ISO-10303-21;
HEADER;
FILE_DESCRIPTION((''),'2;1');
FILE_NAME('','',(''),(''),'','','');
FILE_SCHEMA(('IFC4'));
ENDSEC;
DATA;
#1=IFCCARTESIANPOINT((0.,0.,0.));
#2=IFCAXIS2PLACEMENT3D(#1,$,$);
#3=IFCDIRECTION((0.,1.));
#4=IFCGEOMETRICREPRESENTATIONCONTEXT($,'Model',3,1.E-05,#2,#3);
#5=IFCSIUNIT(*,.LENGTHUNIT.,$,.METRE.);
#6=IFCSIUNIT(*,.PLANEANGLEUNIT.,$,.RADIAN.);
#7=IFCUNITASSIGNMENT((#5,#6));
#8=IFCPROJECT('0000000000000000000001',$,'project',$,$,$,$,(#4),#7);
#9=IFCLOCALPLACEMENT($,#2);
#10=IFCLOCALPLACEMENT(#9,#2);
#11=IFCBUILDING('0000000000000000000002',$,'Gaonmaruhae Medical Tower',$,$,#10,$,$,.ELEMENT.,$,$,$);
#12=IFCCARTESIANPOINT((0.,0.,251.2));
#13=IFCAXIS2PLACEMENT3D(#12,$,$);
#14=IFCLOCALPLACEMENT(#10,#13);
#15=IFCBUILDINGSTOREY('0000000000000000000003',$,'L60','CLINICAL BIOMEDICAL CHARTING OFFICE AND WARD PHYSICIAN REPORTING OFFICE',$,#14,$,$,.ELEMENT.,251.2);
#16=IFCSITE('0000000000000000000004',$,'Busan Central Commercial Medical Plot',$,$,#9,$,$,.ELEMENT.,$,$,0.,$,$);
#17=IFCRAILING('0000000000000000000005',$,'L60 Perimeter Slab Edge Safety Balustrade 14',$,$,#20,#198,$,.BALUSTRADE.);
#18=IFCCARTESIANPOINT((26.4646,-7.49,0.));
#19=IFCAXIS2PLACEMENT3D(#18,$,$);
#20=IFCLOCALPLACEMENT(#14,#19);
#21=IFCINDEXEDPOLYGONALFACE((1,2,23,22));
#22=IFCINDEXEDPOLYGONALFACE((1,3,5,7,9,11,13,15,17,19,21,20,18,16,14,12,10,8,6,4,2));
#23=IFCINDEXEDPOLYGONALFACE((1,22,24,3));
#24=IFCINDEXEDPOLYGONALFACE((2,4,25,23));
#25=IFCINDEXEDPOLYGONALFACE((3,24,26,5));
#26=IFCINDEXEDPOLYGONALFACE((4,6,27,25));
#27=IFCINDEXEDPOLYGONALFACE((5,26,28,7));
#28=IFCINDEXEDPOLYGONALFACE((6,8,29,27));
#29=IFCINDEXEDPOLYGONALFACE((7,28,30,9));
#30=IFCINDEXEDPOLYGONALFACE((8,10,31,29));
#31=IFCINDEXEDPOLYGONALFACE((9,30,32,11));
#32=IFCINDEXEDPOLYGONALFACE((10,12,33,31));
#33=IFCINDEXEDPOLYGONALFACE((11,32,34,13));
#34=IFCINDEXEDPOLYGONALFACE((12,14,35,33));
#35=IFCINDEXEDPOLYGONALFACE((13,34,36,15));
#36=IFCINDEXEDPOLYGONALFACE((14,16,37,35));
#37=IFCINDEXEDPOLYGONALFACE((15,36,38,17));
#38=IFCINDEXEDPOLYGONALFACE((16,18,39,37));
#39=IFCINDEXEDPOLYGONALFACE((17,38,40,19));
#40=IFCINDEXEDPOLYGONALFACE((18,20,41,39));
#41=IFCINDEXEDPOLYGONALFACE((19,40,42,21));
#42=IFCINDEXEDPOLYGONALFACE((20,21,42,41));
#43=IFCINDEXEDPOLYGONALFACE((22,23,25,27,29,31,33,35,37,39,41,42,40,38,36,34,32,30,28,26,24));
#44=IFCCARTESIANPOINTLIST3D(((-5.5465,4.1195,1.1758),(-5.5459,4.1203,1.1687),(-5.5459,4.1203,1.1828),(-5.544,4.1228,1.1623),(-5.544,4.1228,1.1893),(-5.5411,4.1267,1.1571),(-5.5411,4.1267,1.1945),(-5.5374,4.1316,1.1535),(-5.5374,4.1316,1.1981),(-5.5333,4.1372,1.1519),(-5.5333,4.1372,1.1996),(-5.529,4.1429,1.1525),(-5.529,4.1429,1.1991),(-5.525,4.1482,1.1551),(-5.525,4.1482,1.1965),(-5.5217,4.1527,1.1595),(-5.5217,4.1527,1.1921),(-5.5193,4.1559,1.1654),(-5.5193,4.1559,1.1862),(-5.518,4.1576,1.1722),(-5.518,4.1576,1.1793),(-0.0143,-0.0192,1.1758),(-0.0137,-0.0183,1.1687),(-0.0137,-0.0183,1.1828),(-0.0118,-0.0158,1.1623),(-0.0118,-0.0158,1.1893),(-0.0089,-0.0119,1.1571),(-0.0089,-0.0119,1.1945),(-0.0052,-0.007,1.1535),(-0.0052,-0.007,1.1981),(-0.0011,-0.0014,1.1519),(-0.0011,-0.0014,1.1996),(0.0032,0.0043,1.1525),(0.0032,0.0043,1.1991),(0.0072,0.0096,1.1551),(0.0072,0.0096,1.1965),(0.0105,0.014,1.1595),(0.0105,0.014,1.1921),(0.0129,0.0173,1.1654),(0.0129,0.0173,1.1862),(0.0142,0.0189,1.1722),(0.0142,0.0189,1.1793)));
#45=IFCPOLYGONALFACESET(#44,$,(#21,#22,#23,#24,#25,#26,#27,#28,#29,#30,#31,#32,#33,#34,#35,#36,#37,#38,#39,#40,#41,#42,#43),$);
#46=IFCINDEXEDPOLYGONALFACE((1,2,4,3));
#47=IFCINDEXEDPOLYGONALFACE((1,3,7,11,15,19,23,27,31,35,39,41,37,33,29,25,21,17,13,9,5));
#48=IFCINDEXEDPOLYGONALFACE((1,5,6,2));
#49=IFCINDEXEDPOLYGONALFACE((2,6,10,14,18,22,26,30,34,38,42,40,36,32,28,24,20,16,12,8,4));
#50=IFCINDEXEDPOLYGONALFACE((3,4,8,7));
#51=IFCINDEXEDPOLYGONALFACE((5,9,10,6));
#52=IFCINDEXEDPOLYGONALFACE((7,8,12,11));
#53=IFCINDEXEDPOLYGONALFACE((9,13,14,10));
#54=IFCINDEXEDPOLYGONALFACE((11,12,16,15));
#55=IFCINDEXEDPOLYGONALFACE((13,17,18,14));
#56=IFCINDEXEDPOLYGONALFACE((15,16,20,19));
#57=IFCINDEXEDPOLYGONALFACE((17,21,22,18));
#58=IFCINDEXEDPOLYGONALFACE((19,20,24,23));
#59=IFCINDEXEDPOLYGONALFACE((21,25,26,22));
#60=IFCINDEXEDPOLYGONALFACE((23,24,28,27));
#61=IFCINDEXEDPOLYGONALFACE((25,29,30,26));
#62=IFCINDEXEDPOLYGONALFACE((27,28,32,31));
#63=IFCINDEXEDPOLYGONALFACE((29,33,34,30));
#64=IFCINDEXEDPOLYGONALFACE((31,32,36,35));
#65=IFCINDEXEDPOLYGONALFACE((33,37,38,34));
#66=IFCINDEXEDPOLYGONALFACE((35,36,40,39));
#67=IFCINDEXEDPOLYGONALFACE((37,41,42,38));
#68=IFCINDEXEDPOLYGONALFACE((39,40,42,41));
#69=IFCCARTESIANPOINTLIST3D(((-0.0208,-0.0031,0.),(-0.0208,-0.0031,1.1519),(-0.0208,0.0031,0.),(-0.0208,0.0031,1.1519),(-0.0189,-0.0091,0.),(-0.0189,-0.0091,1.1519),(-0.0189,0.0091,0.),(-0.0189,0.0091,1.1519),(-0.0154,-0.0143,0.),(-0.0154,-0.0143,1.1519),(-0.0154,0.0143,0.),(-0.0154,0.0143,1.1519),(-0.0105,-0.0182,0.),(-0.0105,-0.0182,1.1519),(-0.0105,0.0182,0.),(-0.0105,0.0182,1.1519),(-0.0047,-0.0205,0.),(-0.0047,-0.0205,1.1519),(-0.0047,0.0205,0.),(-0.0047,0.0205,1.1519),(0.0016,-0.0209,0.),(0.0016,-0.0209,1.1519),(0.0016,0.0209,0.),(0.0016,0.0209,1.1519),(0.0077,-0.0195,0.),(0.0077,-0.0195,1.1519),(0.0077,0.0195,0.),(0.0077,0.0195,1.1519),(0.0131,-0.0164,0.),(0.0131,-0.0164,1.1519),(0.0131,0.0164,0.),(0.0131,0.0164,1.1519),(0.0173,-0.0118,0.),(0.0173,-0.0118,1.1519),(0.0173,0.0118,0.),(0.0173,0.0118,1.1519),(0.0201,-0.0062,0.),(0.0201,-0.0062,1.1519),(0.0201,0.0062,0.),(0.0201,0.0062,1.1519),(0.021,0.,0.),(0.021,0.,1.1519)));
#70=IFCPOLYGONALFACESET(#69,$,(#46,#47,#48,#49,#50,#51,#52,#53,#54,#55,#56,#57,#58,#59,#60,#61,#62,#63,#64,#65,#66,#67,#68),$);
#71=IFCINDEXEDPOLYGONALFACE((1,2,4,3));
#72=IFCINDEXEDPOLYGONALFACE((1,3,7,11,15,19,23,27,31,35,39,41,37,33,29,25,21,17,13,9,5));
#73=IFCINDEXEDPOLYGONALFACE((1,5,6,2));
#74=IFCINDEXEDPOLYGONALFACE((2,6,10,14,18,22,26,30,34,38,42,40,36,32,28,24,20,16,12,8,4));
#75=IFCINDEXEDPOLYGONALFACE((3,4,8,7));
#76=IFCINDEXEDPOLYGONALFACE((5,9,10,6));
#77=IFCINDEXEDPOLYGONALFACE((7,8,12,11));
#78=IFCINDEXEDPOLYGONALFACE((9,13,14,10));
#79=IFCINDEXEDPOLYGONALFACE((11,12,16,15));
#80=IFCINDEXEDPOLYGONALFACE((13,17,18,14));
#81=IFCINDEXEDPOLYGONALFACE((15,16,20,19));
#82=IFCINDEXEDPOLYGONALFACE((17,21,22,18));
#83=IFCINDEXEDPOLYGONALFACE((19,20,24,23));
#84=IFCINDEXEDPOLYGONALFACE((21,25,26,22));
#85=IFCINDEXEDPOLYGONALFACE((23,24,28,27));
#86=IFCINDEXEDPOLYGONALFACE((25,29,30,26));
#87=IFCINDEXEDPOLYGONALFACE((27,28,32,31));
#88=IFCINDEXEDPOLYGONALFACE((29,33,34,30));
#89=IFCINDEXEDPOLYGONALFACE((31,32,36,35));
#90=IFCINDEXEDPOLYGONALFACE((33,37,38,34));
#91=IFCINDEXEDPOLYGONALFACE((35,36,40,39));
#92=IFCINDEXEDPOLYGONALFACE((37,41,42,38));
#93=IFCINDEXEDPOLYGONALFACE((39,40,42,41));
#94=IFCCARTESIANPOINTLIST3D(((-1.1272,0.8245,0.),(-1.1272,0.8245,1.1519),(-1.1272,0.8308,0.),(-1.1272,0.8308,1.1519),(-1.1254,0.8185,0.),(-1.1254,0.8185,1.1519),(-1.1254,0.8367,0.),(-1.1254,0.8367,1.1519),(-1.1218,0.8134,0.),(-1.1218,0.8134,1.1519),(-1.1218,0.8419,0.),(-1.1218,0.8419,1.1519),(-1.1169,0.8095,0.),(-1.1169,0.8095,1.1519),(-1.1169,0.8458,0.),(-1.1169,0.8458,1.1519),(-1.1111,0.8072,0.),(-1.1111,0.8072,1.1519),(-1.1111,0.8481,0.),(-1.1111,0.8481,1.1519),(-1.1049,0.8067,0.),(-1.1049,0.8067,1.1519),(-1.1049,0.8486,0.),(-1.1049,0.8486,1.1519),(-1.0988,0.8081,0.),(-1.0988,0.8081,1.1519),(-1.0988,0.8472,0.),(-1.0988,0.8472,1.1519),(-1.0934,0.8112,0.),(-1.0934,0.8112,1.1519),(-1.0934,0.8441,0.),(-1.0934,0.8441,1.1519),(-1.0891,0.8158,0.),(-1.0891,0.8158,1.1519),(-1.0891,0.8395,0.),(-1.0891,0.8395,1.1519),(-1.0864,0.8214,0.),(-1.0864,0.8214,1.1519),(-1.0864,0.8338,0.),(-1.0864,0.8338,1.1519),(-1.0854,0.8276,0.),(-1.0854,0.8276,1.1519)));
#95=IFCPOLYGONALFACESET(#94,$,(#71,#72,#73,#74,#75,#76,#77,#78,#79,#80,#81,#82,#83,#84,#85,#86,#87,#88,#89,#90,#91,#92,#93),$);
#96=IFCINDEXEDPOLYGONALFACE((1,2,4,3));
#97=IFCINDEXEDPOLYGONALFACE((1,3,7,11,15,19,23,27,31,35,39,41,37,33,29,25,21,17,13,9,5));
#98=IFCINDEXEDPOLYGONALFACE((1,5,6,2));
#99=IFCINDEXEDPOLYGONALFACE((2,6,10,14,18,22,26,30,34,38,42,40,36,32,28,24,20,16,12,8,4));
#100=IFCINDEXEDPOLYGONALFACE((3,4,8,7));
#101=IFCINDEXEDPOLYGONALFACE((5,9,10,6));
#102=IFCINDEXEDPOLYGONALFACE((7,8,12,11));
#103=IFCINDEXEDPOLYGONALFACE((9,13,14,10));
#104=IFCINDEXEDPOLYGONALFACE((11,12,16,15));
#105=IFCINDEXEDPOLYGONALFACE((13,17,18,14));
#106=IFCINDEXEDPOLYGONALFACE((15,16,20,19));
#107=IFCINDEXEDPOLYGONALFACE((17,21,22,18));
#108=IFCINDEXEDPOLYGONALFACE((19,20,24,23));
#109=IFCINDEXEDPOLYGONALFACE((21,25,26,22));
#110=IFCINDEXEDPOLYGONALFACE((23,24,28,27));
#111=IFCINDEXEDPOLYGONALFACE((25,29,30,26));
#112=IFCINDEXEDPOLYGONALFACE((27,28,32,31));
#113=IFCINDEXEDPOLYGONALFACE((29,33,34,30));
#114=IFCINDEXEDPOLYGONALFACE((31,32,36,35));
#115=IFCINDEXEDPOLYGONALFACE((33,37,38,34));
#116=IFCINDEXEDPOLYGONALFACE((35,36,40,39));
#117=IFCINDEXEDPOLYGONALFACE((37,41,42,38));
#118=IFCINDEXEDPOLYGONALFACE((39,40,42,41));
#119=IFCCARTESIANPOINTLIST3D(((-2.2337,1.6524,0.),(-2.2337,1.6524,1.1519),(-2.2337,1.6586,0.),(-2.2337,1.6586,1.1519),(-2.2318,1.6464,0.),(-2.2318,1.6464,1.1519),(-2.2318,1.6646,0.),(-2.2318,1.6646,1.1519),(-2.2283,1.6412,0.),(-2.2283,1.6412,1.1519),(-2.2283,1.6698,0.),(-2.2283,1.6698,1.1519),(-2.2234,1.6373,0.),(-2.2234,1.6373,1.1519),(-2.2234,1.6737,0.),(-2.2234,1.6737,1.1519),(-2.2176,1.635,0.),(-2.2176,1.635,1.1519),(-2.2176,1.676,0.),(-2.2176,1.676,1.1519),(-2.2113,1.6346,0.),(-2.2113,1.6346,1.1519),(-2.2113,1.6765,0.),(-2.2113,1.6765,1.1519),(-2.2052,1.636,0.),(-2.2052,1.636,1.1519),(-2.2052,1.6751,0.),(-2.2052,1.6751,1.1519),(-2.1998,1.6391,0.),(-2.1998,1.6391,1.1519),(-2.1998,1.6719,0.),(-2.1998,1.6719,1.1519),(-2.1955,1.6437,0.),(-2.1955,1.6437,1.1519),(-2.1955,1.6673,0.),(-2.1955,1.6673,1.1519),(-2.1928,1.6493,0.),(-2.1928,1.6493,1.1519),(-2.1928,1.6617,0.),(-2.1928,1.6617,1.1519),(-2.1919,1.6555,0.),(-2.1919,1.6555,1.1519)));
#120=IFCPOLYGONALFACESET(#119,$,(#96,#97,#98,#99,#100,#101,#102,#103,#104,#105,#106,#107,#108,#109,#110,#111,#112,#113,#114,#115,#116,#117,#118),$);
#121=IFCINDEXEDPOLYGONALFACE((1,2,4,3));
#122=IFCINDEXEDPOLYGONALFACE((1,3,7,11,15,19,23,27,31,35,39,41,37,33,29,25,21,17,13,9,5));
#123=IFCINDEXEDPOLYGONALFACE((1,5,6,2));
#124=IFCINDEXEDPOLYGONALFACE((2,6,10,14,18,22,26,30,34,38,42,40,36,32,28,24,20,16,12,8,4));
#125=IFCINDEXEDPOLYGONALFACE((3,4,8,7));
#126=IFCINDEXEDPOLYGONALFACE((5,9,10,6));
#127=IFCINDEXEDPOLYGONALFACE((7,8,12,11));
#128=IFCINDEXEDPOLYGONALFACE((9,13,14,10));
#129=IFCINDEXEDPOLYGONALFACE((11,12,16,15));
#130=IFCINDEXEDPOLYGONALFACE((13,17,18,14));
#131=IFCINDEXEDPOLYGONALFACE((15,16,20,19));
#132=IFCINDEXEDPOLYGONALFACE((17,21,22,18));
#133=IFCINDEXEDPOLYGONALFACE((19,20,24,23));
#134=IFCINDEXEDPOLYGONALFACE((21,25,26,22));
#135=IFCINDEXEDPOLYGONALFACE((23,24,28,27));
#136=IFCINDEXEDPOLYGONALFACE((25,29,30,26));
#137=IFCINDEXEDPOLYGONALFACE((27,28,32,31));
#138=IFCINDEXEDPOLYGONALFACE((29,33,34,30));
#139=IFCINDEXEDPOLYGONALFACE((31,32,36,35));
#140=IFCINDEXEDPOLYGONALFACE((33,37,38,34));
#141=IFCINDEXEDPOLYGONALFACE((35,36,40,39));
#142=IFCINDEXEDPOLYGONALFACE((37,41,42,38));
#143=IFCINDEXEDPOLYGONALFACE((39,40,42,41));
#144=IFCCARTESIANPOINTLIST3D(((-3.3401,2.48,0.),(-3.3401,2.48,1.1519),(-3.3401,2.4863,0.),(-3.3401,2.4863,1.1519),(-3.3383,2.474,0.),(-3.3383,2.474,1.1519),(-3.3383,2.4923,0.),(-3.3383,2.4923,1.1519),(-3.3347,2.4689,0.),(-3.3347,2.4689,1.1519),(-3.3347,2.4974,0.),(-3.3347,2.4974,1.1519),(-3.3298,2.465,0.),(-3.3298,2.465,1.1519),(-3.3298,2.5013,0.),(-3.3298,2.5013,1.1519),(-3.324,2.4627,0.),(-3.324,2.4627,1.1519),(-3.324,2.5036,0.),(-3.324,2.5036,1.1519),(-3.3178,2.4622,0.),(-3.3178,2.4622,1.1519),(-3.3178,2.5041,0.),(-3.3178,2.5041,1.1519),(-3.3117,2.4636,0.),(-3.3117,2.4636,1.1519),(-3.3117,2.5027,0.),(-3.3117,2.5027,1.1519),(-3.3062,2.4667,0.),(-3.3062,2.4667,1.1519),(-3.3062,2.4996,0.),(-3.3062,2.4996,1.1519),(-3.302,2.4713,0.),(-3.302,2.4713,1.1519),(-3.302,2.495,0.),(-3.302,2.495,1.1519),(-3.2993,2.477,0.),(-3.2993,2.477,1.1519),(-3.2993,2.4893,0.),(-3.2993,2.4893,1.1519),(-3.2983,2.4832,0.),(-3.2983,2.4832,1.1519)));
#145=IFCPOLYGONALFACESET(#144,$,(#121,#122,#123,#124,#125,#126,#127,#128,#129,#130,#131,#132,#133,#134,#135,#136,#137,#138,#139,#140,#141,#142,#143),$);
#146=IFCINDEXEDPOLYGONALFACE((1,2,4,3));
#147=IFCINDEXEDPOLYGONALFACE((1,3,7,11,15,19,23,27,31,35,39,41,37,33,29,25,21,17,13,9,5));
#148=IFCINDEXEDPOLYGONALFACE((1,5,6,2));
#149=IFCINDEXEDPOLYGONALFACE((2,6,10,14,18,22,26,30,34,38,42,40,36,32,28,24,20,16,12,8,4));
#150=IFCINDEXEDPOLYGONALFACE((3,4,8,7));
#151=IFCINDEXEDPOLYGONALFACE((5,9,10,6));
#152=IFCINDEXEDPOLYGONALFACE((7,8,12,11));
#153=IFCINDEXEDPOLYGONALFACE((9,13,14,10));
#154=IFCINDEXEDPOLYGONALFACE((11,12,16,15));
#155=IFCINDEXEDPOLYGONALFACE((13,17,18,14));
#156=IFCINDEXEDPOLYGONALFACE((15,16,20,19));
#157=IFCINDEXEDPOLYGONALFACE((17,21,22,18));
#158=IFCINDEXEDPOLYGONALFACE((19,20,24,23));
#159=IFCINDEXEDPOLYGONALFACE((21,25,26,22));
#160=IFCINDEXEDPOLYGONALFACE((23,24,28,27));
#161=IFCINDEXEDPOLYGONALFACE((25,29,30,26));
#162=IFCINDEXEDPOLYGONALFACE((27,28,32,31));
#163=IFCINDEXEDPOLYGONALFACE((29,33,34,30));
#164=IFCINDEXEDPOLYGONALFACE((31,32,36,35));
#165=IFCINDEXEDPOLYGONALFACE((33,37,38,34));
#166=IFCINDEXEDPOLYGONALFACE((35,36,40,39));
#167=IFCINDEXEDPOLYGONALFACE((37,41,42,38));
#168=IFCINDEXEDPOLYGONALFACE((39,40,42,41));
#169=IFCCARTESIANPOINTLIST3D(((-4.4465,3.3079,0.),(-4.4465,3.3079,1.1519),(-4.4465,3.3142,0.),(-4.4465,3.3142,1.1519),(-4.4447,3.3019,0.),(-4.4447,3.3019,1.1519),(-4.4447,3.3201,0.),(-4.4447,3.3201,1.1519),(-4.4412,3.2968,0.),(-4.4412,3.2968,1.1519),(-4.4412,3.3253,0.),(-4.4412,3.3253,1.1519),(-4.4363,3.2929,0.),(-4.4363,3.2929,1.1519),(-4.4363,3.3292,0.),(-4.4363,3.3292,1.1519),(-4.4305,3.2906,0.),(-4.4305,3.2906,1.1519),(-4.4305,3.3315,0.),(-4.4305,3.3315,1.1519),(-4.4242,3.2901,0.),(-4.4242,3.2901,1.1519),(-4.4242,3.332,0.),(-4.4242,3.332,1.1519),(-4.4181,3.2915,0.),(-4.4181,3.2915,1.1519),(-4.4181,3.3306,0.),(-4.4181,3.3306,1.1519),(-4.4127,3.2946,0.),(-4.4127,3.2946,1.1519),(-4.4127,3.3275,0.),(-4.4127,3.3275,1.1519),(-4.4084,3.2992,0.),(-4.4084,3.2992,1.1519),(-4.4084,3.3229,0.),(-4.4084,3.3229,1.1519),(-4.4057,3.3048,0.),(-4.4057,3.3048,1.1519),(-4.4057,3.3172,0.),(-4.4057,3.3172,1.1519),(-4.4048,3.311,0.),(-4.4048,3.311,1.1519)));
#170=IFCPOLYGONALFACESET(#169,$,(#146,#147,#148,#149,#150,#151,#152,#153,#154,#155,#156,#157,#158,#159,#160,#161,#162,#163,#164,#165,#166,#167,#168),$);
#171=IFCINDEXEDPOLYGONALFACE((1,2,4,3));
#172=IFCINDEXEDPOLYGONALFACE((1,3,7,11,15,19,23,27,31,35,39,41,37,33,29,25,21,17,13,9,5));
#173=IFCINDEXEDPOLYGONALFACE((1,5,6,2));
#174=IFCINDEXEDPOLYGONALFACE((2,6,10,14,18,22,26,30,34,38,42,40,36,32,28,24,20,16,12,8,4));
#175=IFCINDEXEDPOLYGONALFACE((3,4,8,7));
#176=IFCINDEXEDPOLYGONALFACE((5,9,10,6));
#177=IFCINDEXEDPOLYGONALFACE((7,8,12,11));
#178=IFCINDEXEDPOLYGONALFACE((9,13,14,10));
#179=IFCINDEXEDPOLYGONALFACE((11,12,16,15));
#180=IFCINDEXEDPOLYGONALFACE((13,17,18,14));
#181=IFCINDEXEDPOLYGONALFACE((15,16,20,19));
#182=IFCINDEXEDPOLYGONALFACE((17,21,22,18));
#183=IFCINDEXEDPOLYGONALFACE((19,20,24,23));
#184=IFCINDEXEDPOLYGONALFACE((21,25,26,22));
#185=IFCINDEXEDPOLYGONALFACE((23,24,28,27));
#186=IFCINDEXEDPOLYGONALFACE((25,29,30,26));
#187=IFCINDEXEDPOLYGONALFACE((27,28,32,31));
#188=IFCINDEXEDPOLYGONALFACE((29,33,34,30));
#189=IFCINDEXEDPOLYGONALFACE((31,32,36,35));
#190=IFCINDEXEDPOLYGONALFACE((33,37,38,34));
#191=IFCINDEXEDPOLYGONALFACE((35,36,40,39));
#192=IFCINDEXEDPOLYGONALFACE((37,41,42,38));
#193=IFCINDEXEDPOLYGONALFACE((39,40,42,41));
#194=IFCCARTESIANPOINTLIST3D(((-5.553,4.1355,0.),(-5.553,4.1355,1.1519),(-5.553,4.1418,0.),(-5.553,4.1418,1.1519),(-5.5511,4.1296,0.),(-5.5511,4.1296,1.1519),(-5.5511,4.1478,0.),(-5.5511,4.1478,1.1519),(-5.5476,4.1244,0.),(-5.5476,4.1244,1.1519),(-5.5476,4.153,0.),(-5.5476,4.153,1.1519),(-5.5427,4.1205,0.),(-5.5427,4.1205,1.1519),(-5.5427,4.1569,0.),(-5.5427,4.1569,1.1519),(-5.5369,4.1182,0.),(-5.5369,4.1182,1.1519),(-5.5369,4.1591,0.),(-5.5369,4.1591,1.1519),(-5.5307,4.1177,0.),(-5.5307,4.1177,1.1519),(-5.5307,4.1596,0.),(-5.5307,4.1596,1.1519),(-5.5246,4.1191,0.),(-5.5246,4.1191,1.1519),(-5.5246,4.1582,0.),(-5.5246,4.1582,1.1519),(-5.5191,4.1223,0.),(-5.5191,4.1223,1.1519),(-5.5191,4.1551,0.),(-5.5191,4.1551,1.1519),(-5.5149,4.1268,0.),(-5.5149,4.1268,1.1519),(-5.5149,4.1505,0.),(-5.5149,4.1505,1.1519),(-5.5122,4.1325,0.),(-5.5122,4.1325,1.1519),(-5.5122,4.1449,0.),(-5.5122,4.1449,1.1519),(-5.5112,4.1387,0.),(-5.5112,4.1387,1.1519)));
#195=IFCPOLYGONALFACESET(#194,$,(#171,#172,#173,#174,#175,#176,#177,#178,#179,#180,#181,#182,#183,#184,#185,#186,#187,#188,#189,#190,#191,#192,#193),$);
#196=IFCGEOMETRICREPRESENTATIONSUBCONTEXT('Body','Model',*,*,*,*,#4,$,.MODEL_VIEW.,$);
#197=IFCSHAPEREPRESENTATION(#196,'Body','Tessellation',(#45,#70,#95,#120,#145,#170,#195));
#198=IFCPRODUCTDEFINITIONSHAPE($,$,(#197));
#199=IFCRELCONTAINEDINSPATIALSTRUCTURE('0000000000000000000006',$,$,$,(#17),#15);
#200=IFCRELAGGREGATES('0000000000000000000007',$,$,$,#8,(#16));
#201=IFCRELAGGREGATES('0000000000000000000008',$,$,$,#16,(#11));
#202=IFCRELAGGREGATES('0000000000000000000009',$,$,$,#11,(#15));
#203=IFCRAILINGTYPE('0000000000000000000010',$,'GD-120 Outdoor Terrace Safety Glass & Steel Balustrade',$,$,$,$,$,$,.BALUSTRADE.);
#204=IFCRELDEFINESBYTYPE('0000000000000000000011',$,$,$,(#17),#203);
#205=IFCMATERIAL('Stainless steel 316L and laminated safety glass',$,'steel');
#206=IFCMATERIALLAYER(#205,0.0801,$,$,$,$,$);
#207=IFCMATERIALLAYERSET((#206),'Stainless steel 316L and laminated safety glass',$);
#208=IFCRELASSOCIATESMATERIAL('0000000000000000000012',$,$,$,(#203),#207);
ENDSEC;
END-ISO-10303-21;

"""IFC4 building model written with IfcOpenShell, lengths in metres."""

from ifc_helpers import new_model, si_unit, direction, frame, origin, origin_2d, place, context, subcontext, project, spatial, circle, extrude, material, layer, layer_set, type_object, element, save


model = new_model("IFC4")

# Units and contexts
model_context = context("Model", 3, precision=1e-05, world=origin(), true_north=direction((0.0, 1.0)))
body_context = subcontext(model_context, "Body", "Model", "MODEL_VIEW")
ifc_project = project(units=[si_unit("LENGTHUNIT", "METRE"), si_unit("PLANEANGLEUNIT", "RADIAN")], contexts=[model_context])

# Site, building, storey
site_placement = place(None, origin())
site = spatial("IfcSite", under=ifc_project, at=site_placement, Name="Busan Central Commercial Medical Plot", CompositionType="ELEMENT", RefElevation=0.0)
building_placement = place(site_placement, origin())
building = spatial("IfcBuilding", under=site, at=building_placement, Name="Gaonmaruhae Medical Tower", CompositionType="ELEMENT")
storey_placement = place(building_placement, frame((0.0, 0.0, 251.2)))
storey = spatial("IfcBuildingStorey", under=building, at=storey_placement, Name="L60", Description="CLINICAL BIOMEDICAL CHARTING OFFICE AND WARD PHYSICIAN REPORTING OFFICE", CompositionType="ELEMENT", Elevation=251.2)

# Railing
ifc_material_1 = material(Name="Stainless steel 316L and laminated safety glass", Category="steel")
ifc_layer_1 = layer(ifc_material_1, 0.0801)
ifc_layer_set_1 = layer_set([ifc_layer_1], Name="Stainless steel 316L and laminated safety glass")
railing_type = type_object("IfcRailingType", Name="GD-120 Outdoor Terrace Safety Glass & Steel Balustrade", PredefinedType="BALUSTRADE", material=ifc_layer_set_1)
railing_1_placement = place(storey_placement, frame((26.4646, -7.49, 0.0)))
element("IfcRailing", 1, at=railing_1_placement, inside=storey, type_object=railing_type, Name="L60 Perimeter Slab Edge Safety Balustrade 14", PredefinedType="BALUSTRADE", context=body_context, shape_type="SweptSolid", body=[
    extrude(circle(Radius=0.0239, at=origin_2d()), frame((0.0, 0.0, 1.1758), z_axis=(-0.800729, 0.599027, 0.0), x_axis=(-0.599027, -0.800729, 0.0)), (0.0, 0.0, 1.0), 6.9089),
    extrude(circle(Radius=0.021, at=origin_2d()), origin(), (0.0, 0.0, 1.0), 1.1519),
    extrude(circle(Radius=0.021, at=origin_2d()), frame((-1.1064, 0.8276, 0.0)), (0.0, 0.0, 1.0), 1.1519),
    extrude(circle(Radius=0.021, at=origin_2d()), frame((-2.2129, 1.6555, 0.0)), (0.0, 0.0, 1.0), 1.1519),
    extrude(circle(Radius=0.021, at=origin_2d()), frame((-3.3193, 2.4832, 0.0)), (0.0, 0.0, 1.0), 1.1519),
    extrude(circle(Radius=0.021, at=origin_2d()), frame((-4.4258, 3.311, 0.0)), (0.0, 0.0, 1.0), 1.1519),
    extrude(circle(Radius=0.021, at=origin_2d()), frame((-5.5322, 4.1387, 0.0)), (0.0, 0.0, 1.0), 1.1519),
])

save(model, "model.ifc")
